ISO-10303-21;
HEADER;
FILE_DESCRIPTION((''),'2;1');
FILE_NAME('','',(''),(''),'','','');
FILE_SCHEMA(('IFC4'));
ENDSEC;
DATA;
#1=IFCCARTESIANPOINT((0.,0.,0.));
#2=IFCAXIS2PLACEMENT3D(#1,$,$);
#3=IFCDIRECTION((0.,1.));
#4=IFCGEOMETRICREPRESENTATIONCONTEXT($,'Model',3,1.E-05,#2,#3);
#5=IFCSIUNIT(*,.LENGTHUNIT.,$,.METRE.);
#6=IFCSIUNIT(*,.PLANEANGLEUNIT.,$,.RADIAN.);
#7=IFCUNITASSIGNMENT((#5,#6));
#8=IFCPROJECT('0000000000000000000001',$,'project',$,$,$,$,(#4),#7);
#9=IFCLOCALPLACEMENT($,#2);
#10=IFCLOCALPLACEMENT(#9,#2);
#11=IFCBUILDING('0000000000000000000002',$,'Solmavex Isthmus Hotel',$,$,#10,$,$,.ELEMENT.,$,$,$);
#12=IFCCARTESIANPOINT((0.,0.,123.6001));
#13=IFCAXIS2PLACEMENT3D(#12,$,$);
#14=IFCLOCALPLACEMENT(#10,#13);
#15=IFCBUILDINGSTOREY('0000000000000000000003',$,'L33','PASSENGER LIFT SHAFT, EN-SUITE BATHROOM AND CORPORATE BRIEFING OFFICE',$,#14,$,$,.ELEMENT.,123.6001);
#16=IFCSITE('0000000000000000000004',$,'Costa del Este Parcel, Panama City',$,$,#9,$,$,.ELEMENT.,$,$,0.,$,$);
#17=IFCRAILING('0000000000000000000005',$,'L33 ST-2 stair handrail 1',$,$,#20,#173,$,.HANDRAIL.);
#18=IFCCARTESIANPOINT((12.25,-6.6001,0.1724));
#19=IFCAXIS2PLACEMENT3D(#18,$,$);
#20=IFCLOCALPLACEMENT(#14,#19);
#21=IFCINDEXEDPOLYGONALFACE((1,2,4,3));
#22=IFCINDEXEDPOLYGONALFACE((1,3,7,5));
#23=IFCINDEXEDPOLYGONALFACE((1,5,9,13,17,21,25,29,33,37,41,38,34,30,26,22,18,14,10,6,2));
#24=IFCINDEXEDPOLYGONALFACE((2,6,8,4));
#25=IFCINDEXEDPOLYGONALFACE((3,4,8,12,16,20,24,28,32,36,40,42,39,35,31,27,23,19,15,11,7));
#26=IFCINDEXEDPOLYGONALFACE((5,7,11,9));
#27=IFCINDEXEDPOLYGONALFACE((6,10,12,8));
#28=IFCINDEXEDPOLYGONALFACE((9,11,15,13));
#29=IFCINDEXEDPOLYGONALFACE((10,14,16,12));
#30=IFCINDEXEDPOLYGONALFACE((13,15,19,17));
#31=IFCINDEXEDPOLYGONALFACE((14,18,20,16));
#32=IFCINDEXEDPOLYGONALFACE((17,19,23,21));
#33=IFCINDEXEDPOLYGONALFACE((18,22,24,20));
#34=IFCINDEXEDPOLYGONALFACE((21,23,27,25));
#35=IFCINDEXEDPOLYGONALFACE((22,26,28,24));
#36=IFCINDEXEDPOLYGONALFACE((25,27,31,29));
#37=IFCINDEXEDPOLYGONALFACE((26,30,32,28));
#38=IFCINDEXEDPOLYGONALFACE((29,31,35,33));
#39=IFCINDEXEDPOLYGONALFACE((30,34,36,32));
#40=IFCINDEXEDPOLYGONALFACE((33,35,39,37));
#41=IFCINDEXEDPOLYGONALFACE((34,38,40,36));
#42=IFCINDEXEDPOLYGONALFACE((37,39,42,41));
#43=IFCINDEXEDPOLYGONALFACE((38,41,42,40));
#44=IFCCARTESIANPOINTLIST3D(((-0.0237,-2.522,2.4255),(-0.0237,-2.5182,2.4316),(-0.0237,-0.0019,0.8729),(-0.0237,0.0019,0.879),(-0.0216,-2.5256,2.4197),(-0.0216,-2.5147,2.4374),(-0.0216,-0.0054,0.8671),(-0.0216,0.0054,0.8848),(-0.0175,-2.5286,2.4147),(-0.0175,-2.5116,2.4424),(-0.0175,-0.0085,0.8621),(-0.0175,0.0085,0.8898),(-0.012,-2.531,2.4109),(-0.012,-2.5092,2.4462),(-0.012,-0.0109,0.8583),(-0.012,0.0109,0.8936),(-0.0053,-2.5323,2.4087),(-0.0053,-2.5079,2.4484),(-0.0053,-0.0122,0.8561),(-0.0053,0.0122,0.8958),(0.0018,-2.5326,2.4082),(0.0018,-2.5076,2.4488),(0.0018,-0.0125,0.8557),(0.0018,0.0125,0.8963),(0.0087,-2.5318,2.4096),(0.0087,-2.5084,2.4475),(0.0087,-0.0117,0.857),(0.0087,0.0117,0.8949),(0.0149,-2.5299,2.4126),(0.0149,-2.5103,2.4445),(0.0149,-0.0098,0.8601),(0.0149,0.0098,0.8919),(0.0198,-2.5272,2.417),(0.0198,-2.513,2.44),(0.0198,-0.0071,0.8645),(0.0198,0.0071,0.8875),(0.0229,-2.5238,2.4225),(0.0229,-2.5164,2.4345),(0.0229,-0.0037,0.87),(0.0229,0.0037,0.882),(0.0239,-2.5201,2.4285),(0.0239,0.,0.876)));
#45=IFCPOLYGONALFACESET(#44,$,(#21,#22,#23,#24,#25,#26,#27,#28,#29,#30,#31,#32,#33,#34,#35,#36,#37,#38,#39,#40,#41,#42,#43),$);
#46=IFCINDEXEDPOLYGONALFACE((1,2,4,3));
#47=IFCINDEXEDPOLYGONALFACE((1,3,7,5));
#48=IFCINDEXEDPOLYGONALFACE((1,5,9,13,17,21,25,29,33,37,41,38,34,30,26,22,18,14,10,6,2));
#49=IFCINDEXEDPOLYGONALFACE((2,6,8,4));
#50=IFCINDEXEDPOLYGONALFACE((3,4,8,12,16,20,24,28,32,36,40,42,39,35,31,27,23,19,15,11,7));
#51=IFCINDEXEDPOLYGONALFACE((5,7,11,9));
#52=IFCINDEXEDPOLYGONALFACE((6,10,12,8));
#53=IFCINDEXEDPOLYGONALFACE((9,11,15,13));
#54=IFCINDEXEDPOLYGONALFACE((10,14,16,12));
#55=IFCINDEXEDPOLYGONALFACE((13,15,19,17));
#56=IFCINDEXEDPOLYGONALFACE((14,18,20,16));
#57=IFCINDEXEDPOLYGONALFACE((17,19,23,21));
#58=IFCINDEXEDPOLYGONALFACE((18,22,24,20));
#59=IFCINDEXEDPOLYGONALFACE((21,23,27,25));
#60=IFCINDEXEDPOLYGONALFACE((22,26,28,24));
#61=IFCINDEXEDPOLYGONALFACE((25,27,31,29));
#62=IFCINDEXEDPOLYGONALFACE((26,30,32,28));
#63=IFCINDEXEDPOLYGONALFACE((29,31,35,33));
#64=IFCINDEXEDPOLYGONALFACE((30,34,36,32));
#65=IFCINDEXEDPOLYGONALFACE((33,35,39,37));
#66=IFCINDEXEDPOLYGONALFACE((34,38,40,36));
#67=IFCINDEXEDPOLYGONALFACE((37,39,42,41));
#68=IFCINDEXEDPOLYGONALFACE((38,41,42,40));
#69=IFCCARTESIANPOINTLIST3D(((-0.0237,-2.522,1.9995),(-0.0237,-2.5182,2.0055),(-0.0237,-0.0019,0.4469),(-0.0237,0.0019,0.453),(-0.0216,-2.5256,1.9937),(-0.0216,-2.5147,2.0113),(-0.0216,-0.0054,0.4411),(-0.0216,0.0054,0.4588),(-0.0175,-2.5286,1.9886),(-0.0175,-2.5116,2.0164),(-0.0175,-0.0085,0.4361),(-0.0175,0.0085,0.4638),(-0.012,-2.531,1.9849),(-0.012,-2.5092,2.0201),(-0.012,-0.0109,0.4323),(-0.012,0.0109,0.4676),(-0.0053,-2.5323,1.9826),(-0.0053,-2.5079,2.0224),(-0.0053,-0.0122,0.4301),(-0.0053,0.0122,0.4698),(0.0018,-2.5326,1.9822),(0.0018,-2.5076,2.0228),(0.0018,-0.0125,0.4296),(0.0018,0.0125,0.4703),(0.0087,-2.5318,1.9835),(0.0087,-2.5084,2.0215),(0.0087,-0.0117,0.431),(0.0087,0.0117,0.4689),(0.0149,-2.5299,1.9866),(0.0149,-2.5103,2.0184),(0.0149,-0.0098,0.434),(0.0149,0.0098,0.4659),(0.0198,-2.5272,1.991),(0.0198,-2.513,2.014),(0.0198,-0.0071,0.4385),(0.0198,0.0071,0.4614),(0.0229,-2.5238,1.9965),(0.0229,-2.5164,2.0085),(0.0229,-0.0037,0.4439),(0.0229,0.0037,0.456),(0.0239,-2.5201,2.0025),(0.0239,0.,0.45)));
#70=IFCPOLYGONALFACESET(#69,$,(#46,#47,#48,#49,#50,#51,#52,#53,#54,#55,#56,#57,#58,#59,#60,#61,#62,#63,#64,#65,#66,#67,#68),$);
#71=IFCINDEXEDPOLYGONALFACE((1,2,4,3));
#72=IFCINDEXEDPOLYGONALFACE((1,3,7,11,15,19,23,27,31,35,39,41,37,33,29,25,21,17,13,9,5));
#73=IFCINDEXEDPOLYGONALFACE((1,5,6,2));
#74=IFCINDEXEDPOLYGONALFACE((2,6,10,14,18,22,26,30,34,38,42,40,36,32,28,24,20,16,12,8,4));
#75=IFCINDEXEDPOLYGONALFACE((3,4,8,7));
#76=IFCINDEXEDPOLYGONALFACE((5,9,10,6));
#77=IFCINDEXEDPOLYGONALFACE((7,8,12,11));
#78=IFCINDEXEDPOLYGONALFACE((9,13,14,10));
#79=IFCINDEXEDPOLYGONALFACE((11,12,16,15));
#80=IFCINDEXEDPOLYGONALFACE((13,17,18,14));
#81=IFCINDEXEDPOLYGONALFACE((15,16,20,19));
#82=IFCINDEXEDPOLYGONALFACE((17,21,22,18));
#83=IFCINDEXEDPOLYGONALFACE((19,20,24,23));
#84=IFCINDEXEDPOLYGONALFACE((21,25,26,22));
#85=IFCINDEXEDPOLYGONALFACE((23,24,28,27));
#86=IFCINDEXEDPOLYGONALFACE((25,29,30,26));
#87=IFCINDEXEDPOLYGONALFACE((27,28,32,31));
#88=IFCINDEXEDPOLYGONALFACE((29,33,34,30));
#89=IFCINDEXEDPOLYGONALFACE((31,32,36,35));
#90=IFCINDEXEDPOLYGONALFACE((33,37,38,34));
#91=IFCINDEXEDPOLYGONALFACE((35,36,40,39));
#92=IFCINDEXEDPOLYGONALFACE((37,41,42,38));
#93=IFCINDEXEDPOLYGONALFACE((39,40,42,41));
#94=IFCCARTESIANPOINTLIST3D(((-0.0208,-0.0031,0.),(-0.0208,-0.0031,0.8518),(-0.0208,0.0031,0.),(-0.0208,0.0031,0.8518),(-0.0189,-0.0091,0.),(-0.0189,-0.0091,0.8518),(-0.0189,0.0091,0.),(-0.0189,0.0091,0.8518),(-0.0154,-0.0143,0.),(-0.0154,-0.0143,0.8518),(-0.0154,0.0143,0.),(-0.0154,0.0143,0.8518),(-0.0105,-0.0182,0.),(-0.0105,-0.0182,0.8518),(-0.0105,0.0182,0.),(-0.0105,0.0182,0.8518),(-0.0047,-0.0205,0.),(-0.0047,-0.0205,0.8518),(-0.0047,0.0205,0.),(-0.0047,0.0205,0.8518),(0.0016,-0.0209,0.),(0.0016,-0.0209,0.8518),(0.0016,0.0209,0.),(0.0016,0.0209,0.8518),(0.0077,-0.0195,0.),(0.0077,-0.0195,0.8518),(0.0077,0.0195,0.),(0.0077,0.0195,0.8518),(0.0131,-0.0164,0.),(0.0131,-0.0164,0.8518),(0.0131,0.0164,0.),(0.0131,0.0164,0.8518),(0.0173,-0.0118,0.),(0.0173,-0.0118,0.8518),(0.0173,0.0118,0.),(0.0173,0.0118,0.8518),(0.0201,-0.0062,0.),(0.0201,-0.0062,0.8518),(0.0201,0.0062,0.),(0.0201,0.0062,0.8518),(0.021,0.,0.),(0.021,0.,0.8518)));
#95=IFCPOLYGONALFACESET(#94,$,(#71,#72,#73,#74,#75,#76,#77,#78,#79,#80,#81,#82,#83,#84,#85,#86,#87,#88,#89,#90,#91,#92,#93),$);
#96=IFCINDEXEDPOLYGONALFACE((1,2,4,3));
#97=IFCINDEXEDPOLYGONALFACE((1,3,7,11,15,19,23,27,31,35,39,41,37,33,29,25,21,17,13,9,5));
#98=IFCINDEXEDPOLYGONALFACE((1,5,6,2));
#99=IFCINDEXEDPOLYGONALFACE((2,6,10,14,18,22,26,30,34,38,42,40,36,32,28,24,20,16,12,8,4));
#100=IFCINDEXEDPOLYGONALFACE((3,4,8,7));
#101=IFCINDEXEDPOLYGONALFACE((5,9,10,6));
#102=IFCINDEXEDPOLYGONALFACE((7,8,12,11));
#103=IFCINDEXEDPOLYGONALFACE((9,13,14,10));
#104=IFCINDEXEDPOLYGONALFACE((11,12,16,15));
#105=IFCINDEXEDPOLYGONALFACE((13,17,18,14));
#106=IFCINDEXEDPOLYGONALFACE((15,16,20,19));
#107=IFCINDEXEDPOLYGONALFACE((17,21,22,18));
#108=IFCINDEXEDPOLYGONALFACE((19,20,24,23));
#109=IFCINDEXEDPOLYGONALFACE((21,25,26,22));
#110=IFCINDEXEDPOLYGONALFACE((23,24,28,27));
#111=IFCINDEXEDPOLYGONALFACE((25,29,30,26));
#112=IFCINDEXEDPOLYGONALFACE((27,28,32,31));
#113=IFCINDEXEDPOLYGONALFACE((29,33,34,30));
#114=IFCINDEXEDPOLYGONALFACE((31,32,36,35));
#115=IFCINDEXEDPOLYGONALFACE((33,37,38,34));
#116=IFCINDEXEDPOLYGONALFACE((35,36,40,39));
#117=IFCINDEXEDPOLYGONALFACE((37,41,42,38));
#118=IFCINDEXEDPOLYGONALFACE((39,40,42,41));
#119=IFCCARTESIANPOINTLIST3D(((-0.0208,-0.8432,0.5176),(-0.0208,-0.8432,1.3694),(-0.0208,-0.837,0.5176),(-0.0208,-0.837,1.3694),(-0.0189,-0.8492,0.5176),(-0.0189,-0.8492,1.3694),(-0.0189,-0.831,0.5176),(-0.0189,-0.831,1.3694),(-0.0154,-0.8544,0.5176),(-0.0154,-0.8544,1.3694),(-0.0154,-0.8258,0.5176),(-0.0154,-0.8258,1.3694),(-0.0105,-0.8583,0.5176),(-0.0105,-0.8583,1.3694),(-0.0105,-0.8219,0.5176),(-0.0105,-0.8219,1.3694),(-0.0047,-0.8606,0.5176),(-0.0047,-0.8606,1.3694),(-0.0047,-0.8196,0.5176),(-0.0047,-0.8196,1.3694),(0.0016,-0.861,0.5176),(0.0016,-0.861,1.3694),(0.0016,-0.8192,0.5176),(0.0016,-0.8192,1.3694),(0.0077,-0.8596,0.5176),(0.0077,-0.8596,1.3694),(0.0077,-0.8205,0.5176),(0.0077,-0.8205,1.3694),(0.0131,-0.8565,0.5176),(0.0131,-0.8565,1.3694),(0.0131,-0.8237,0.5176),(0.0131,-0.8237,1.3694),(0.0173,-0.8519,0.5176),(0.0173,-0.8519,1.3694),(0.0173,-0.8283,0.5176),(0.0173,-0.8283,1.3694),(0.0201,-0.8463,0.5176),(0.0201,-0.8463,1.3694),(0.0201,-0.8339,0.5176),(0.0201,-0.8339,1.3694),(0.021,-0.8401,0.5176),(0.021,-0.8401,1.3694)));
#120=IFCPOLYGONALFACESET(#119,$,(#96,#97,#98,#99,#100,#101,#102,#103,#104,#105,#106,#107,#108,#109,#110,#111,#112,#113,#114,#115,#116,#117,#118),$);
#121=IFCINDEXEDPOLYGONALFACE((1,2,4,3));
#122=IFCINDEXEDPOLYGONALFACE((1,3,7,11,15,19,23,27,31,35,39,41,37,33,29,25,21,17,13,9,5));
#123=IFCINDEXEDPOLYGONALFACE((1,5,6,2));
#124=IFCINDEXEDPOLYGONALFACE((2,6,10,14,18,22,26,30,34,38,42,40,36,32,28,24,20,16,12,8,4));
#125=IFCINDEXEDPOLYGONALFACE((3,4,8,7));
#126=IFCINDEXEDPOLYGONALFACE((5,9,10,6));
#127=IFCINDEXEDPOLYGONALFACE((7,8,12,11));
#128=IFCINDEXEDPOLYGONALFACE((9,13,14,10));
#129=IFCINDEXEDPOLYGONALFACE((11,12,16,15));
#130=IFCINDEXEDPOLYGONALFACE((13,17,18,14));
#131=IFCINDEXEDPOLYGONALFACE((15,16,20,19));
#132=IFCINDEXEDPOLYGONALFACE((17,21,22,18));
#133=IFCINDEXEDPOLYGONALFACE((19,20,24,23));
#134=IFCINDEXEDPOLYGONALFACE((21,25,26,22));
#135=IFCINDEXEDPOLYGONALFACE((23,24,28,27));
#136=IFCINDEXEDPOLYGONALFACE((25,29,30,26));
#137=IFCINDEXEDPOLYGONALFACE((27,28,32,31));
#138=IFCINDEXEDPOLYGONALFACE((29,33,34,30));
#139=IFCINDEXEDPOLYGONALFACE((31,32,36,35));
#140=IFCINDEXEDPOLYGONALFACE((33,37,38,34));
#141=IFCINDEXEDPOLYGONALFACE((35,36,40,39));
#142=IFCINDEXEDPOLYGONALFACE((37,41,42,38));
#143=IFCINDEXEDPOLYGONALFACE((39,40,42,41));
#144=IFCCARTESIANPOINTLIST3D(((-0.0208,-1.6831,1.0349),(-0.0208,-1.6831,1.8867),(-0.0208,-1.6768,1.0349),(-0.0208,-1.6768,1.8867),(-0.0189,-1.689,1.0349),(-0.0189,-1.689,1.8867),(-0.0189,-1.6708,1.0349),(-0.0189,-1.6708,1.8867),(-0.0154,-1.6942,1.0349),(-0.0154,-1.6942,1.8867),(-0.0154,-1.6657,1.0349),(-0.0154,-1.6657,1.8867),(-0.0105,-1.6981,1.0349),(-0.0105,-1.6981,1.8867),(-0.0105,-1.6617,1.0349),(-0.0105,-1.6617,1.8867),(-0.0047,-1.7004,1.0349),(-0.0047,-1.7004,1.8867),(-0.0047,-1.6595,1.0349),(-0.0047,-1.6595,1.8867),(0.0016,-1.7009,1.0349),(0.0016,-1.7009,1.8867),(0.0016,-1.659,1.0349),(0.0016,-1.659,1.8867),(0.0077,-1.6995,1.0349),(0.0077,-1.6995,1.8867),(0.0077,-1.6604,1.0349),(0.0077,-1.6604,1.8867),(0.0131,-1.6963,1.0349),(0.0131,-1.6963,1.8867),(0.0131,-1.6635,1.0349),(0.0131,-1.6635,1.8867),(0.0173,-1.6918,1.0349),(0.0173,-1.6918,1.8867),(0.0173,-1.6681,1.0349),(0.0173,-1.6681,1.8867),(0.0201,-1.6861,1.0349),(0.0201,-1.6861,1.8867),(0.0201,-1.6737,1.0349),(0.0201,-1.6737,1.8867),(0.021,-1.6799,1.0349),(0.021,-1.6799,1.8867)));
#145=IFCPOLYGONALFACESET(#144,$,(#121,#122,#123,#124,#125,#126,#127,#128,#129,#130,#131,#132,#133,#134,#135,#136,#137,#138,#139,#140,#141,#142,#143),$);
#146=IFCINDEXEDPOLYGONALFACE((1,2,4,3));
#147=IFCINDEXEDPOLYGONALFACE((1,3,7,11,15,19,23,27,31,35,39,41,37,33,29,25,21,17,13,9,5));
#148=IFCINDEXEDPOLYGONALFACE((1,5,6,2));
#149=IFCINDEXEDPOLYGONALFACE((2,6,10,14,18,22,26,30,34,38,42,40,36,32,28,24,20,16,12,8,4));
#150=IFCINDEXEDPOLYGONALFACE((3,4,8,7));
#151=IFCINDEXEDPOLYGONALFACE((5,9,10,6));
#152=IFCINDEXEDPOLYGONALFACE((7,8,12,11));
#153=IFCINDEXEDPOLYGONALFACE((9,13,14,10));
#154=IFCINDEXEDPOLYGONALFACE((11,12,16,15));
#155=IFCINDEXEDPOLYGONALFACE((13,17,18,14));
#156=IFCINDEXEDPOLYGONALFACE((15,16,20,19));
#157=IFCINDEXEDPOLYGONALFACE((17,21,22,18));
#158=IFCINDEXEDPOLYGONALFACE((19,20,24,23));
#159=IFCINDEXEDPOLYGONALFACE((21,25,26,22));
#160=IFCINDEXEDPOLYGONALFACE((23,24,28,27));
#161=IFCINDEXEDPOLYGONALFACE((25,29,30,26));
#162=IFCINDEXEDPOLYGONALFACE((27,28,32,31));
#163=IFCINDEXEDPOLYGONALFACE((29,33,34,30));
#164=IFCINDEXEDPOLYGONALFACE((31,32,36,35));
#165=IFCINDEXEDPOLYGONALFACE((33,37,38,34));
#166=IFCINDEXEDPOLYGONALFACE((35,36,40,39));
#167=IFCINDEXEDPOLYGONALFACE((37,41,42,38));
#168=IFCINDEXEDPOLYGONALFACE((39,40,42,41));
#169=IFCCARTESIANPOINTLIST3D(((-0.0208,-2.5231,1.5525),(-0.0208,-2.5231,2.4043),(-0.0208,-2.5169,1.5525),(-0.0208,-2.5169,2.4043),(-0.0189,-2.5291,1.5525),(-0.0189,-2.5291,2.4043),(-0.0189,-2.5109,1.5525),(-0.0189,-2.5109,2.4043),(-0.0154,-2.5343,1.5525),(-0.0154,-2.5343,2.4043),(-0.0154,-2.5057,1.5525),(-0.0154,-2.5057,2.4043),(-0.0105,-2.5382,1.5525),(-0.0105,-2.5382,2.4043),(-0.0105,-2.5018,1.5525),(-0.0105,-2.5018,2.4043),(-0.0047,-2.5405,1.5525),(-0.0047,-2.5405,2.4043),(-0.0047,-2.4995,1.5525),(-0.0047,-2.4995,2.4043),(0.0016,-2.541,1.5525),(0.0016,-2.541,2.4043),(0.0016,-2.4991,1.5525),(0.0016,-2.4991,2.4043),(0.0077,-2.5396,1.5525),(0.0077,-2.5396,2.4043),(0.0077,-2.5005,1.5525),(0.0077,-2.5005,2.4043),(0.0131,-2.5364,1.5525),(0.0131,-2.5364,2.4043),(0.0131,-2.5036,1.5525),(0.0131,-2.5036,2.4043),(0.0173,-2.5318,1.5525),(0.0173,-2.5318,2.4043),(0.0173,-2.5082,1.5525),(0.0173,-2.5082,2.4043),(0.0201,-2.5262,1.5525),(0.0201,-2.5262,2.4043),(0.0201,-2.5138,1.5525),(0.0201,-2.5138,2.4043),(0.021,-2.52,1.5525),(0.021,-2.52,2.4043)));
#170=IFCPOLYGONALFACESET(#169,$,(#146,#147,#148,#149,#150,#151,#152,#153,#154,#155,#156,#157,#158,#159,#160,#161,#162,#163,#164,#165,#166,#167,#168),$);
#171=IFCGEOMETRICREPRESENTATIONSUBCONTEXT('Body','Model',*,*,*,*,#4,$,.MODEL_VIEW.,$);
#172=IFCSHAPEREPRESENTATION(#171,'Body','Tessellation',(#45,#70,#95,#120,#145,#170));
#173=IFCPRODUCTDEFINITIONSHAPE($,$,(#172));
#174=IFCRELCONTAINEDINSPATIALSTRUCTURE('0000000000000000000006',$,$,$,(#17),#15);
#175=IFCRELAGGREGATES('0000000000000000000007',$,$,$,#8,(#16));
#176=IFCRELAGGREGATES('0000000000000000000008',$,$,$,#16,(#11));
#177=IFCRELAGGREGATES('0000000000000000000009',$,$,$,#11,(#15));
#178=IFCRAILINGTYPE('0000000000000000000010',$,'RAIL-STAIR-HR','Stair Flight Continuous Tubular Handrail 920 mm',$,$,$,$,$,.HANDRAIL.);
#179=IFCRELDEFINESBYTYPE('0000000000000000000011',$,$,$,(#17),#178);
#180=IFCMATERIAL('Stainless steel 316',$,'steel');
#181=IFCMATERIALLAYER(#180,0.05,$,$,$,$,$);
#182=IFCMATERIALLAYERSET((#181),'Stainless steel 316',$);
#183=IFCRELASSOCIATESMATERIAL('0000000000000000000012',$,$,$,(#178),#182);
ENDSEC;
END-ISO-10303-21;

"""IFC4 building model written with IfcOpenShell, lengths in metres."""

from ifc_helpers import new_model, si_unit, direction, frame, origin, origin_2d, place, context, subcontext, project, spatial, circle, extrude, material, layer, layer_set, type_object, element, save


model = new_model("IFC4")

# Units and contexts
model_context = context("Model", 3, precision=1e-05, world=origin(), true_north=direction((0.0, 1.0)))
body_context = subcontext(model_context, "Body", "Model", "MODEL_VIEW")
ifc_project = project(units=[si_unit("LENGTHUNIT", "METRE"), si_unit("PLANEANGLEUNIT", "RADIAN")], contexts=[model_context])

# Site, building, storey
site_placement = place(None, origin())
site = spatial("IfcSite", under=ifc_project, at=site_placement, Name="Costa del Este Parcel, Panama City", CompositionType="ELEMENT", RefElevation=0.0)
building_placement = place(site_placement, origin())
building = spatial("IfcBuilding", under=site, at=building_placement, Name="Solmavex Isthmus Hotel", CompositionType="ELEMENT")
storey_placement = place(building_placement, frame((0.0, 0.0, 123.6001)))
storey = spatial("IfcBuildingStorey", under=building, at=storey_placement, Name="L33", Description="PASSENGER LIFT SHAFT, EN-SUITE BATHROOM AND CORPORATE BRIEFING OFFICE", CompositionType="ELEMENT", Elevation=123.6001)

# Shared definitions
ifc_material_1 = material(Name="Stainless steel 316", Category="steel")

# Railing
ifc_layer_1 = layer(ifc_material_1, 0.05)
ifc_layer_set_1 = layer_set([ifc_layer_1], Name="Stainless steel 316")
railing_type_1 = type_object("IfcRailingType", Name="RAIL-STAIR-HR", Description="Stair Flight Continuous Tubular Handrail 920 mm", PredefinedType="HANDRAIL", material=ifc_layer_set_1)
railing_1_placement = place(storey_placement, frame((12.25, -6.6001, 0.1724)))
element("IfcRailing", 1, at=railing_1_placement, inside=storey, type_object=railing_type_1, Name="L33 ST-2 stair handrail 1", PredefinedType="HANDRAIL", context=body_context, shape_type="SweptSolid", body=[
    extrude(circle(Radius=0.0239, at=origin_2d()), frame((0.0, 0.0, 0.876), z_axis=(0.0, -0.8514, 0.524516), x_axis=(1.0, 0.0, 0.0)), (0.0, 0.0, 1.0), 2.96),
    extrude(circle(Radius=0.0239, at=origin_2d()), frame((0.0, 0.0, 0.45), z_axis=(0.0, -0.8514, 0.524516), x_axis=(1.0, 0.0, 0.0)), (0.0, 0.0, 1.0), 2.96),
    extrude(circle(Radius=0.021, at=origin_2d()), origin(), (0.0, 0.0, 1.0), 0.8518),
    extrude(circle(Radius=0.021, at=origin_2d()), frame((0.0, -0.8401, 0.5176)), (0.0, 0.0, 1.0), 0.8518),
    extrude(circle(Radius=0.021, at=origin_2d()), frame((0.0, -1.6799, 1.0349)), (0.0, 0.0, 1.0), 0.8518),
    extrude(circle(Radius=0.021, at=origin_2d()), frame((0.0, -2.52, 1.5525)), (0.0, 0.0, 1.0), 0.8518),
])

save(model, "model.ifc")
